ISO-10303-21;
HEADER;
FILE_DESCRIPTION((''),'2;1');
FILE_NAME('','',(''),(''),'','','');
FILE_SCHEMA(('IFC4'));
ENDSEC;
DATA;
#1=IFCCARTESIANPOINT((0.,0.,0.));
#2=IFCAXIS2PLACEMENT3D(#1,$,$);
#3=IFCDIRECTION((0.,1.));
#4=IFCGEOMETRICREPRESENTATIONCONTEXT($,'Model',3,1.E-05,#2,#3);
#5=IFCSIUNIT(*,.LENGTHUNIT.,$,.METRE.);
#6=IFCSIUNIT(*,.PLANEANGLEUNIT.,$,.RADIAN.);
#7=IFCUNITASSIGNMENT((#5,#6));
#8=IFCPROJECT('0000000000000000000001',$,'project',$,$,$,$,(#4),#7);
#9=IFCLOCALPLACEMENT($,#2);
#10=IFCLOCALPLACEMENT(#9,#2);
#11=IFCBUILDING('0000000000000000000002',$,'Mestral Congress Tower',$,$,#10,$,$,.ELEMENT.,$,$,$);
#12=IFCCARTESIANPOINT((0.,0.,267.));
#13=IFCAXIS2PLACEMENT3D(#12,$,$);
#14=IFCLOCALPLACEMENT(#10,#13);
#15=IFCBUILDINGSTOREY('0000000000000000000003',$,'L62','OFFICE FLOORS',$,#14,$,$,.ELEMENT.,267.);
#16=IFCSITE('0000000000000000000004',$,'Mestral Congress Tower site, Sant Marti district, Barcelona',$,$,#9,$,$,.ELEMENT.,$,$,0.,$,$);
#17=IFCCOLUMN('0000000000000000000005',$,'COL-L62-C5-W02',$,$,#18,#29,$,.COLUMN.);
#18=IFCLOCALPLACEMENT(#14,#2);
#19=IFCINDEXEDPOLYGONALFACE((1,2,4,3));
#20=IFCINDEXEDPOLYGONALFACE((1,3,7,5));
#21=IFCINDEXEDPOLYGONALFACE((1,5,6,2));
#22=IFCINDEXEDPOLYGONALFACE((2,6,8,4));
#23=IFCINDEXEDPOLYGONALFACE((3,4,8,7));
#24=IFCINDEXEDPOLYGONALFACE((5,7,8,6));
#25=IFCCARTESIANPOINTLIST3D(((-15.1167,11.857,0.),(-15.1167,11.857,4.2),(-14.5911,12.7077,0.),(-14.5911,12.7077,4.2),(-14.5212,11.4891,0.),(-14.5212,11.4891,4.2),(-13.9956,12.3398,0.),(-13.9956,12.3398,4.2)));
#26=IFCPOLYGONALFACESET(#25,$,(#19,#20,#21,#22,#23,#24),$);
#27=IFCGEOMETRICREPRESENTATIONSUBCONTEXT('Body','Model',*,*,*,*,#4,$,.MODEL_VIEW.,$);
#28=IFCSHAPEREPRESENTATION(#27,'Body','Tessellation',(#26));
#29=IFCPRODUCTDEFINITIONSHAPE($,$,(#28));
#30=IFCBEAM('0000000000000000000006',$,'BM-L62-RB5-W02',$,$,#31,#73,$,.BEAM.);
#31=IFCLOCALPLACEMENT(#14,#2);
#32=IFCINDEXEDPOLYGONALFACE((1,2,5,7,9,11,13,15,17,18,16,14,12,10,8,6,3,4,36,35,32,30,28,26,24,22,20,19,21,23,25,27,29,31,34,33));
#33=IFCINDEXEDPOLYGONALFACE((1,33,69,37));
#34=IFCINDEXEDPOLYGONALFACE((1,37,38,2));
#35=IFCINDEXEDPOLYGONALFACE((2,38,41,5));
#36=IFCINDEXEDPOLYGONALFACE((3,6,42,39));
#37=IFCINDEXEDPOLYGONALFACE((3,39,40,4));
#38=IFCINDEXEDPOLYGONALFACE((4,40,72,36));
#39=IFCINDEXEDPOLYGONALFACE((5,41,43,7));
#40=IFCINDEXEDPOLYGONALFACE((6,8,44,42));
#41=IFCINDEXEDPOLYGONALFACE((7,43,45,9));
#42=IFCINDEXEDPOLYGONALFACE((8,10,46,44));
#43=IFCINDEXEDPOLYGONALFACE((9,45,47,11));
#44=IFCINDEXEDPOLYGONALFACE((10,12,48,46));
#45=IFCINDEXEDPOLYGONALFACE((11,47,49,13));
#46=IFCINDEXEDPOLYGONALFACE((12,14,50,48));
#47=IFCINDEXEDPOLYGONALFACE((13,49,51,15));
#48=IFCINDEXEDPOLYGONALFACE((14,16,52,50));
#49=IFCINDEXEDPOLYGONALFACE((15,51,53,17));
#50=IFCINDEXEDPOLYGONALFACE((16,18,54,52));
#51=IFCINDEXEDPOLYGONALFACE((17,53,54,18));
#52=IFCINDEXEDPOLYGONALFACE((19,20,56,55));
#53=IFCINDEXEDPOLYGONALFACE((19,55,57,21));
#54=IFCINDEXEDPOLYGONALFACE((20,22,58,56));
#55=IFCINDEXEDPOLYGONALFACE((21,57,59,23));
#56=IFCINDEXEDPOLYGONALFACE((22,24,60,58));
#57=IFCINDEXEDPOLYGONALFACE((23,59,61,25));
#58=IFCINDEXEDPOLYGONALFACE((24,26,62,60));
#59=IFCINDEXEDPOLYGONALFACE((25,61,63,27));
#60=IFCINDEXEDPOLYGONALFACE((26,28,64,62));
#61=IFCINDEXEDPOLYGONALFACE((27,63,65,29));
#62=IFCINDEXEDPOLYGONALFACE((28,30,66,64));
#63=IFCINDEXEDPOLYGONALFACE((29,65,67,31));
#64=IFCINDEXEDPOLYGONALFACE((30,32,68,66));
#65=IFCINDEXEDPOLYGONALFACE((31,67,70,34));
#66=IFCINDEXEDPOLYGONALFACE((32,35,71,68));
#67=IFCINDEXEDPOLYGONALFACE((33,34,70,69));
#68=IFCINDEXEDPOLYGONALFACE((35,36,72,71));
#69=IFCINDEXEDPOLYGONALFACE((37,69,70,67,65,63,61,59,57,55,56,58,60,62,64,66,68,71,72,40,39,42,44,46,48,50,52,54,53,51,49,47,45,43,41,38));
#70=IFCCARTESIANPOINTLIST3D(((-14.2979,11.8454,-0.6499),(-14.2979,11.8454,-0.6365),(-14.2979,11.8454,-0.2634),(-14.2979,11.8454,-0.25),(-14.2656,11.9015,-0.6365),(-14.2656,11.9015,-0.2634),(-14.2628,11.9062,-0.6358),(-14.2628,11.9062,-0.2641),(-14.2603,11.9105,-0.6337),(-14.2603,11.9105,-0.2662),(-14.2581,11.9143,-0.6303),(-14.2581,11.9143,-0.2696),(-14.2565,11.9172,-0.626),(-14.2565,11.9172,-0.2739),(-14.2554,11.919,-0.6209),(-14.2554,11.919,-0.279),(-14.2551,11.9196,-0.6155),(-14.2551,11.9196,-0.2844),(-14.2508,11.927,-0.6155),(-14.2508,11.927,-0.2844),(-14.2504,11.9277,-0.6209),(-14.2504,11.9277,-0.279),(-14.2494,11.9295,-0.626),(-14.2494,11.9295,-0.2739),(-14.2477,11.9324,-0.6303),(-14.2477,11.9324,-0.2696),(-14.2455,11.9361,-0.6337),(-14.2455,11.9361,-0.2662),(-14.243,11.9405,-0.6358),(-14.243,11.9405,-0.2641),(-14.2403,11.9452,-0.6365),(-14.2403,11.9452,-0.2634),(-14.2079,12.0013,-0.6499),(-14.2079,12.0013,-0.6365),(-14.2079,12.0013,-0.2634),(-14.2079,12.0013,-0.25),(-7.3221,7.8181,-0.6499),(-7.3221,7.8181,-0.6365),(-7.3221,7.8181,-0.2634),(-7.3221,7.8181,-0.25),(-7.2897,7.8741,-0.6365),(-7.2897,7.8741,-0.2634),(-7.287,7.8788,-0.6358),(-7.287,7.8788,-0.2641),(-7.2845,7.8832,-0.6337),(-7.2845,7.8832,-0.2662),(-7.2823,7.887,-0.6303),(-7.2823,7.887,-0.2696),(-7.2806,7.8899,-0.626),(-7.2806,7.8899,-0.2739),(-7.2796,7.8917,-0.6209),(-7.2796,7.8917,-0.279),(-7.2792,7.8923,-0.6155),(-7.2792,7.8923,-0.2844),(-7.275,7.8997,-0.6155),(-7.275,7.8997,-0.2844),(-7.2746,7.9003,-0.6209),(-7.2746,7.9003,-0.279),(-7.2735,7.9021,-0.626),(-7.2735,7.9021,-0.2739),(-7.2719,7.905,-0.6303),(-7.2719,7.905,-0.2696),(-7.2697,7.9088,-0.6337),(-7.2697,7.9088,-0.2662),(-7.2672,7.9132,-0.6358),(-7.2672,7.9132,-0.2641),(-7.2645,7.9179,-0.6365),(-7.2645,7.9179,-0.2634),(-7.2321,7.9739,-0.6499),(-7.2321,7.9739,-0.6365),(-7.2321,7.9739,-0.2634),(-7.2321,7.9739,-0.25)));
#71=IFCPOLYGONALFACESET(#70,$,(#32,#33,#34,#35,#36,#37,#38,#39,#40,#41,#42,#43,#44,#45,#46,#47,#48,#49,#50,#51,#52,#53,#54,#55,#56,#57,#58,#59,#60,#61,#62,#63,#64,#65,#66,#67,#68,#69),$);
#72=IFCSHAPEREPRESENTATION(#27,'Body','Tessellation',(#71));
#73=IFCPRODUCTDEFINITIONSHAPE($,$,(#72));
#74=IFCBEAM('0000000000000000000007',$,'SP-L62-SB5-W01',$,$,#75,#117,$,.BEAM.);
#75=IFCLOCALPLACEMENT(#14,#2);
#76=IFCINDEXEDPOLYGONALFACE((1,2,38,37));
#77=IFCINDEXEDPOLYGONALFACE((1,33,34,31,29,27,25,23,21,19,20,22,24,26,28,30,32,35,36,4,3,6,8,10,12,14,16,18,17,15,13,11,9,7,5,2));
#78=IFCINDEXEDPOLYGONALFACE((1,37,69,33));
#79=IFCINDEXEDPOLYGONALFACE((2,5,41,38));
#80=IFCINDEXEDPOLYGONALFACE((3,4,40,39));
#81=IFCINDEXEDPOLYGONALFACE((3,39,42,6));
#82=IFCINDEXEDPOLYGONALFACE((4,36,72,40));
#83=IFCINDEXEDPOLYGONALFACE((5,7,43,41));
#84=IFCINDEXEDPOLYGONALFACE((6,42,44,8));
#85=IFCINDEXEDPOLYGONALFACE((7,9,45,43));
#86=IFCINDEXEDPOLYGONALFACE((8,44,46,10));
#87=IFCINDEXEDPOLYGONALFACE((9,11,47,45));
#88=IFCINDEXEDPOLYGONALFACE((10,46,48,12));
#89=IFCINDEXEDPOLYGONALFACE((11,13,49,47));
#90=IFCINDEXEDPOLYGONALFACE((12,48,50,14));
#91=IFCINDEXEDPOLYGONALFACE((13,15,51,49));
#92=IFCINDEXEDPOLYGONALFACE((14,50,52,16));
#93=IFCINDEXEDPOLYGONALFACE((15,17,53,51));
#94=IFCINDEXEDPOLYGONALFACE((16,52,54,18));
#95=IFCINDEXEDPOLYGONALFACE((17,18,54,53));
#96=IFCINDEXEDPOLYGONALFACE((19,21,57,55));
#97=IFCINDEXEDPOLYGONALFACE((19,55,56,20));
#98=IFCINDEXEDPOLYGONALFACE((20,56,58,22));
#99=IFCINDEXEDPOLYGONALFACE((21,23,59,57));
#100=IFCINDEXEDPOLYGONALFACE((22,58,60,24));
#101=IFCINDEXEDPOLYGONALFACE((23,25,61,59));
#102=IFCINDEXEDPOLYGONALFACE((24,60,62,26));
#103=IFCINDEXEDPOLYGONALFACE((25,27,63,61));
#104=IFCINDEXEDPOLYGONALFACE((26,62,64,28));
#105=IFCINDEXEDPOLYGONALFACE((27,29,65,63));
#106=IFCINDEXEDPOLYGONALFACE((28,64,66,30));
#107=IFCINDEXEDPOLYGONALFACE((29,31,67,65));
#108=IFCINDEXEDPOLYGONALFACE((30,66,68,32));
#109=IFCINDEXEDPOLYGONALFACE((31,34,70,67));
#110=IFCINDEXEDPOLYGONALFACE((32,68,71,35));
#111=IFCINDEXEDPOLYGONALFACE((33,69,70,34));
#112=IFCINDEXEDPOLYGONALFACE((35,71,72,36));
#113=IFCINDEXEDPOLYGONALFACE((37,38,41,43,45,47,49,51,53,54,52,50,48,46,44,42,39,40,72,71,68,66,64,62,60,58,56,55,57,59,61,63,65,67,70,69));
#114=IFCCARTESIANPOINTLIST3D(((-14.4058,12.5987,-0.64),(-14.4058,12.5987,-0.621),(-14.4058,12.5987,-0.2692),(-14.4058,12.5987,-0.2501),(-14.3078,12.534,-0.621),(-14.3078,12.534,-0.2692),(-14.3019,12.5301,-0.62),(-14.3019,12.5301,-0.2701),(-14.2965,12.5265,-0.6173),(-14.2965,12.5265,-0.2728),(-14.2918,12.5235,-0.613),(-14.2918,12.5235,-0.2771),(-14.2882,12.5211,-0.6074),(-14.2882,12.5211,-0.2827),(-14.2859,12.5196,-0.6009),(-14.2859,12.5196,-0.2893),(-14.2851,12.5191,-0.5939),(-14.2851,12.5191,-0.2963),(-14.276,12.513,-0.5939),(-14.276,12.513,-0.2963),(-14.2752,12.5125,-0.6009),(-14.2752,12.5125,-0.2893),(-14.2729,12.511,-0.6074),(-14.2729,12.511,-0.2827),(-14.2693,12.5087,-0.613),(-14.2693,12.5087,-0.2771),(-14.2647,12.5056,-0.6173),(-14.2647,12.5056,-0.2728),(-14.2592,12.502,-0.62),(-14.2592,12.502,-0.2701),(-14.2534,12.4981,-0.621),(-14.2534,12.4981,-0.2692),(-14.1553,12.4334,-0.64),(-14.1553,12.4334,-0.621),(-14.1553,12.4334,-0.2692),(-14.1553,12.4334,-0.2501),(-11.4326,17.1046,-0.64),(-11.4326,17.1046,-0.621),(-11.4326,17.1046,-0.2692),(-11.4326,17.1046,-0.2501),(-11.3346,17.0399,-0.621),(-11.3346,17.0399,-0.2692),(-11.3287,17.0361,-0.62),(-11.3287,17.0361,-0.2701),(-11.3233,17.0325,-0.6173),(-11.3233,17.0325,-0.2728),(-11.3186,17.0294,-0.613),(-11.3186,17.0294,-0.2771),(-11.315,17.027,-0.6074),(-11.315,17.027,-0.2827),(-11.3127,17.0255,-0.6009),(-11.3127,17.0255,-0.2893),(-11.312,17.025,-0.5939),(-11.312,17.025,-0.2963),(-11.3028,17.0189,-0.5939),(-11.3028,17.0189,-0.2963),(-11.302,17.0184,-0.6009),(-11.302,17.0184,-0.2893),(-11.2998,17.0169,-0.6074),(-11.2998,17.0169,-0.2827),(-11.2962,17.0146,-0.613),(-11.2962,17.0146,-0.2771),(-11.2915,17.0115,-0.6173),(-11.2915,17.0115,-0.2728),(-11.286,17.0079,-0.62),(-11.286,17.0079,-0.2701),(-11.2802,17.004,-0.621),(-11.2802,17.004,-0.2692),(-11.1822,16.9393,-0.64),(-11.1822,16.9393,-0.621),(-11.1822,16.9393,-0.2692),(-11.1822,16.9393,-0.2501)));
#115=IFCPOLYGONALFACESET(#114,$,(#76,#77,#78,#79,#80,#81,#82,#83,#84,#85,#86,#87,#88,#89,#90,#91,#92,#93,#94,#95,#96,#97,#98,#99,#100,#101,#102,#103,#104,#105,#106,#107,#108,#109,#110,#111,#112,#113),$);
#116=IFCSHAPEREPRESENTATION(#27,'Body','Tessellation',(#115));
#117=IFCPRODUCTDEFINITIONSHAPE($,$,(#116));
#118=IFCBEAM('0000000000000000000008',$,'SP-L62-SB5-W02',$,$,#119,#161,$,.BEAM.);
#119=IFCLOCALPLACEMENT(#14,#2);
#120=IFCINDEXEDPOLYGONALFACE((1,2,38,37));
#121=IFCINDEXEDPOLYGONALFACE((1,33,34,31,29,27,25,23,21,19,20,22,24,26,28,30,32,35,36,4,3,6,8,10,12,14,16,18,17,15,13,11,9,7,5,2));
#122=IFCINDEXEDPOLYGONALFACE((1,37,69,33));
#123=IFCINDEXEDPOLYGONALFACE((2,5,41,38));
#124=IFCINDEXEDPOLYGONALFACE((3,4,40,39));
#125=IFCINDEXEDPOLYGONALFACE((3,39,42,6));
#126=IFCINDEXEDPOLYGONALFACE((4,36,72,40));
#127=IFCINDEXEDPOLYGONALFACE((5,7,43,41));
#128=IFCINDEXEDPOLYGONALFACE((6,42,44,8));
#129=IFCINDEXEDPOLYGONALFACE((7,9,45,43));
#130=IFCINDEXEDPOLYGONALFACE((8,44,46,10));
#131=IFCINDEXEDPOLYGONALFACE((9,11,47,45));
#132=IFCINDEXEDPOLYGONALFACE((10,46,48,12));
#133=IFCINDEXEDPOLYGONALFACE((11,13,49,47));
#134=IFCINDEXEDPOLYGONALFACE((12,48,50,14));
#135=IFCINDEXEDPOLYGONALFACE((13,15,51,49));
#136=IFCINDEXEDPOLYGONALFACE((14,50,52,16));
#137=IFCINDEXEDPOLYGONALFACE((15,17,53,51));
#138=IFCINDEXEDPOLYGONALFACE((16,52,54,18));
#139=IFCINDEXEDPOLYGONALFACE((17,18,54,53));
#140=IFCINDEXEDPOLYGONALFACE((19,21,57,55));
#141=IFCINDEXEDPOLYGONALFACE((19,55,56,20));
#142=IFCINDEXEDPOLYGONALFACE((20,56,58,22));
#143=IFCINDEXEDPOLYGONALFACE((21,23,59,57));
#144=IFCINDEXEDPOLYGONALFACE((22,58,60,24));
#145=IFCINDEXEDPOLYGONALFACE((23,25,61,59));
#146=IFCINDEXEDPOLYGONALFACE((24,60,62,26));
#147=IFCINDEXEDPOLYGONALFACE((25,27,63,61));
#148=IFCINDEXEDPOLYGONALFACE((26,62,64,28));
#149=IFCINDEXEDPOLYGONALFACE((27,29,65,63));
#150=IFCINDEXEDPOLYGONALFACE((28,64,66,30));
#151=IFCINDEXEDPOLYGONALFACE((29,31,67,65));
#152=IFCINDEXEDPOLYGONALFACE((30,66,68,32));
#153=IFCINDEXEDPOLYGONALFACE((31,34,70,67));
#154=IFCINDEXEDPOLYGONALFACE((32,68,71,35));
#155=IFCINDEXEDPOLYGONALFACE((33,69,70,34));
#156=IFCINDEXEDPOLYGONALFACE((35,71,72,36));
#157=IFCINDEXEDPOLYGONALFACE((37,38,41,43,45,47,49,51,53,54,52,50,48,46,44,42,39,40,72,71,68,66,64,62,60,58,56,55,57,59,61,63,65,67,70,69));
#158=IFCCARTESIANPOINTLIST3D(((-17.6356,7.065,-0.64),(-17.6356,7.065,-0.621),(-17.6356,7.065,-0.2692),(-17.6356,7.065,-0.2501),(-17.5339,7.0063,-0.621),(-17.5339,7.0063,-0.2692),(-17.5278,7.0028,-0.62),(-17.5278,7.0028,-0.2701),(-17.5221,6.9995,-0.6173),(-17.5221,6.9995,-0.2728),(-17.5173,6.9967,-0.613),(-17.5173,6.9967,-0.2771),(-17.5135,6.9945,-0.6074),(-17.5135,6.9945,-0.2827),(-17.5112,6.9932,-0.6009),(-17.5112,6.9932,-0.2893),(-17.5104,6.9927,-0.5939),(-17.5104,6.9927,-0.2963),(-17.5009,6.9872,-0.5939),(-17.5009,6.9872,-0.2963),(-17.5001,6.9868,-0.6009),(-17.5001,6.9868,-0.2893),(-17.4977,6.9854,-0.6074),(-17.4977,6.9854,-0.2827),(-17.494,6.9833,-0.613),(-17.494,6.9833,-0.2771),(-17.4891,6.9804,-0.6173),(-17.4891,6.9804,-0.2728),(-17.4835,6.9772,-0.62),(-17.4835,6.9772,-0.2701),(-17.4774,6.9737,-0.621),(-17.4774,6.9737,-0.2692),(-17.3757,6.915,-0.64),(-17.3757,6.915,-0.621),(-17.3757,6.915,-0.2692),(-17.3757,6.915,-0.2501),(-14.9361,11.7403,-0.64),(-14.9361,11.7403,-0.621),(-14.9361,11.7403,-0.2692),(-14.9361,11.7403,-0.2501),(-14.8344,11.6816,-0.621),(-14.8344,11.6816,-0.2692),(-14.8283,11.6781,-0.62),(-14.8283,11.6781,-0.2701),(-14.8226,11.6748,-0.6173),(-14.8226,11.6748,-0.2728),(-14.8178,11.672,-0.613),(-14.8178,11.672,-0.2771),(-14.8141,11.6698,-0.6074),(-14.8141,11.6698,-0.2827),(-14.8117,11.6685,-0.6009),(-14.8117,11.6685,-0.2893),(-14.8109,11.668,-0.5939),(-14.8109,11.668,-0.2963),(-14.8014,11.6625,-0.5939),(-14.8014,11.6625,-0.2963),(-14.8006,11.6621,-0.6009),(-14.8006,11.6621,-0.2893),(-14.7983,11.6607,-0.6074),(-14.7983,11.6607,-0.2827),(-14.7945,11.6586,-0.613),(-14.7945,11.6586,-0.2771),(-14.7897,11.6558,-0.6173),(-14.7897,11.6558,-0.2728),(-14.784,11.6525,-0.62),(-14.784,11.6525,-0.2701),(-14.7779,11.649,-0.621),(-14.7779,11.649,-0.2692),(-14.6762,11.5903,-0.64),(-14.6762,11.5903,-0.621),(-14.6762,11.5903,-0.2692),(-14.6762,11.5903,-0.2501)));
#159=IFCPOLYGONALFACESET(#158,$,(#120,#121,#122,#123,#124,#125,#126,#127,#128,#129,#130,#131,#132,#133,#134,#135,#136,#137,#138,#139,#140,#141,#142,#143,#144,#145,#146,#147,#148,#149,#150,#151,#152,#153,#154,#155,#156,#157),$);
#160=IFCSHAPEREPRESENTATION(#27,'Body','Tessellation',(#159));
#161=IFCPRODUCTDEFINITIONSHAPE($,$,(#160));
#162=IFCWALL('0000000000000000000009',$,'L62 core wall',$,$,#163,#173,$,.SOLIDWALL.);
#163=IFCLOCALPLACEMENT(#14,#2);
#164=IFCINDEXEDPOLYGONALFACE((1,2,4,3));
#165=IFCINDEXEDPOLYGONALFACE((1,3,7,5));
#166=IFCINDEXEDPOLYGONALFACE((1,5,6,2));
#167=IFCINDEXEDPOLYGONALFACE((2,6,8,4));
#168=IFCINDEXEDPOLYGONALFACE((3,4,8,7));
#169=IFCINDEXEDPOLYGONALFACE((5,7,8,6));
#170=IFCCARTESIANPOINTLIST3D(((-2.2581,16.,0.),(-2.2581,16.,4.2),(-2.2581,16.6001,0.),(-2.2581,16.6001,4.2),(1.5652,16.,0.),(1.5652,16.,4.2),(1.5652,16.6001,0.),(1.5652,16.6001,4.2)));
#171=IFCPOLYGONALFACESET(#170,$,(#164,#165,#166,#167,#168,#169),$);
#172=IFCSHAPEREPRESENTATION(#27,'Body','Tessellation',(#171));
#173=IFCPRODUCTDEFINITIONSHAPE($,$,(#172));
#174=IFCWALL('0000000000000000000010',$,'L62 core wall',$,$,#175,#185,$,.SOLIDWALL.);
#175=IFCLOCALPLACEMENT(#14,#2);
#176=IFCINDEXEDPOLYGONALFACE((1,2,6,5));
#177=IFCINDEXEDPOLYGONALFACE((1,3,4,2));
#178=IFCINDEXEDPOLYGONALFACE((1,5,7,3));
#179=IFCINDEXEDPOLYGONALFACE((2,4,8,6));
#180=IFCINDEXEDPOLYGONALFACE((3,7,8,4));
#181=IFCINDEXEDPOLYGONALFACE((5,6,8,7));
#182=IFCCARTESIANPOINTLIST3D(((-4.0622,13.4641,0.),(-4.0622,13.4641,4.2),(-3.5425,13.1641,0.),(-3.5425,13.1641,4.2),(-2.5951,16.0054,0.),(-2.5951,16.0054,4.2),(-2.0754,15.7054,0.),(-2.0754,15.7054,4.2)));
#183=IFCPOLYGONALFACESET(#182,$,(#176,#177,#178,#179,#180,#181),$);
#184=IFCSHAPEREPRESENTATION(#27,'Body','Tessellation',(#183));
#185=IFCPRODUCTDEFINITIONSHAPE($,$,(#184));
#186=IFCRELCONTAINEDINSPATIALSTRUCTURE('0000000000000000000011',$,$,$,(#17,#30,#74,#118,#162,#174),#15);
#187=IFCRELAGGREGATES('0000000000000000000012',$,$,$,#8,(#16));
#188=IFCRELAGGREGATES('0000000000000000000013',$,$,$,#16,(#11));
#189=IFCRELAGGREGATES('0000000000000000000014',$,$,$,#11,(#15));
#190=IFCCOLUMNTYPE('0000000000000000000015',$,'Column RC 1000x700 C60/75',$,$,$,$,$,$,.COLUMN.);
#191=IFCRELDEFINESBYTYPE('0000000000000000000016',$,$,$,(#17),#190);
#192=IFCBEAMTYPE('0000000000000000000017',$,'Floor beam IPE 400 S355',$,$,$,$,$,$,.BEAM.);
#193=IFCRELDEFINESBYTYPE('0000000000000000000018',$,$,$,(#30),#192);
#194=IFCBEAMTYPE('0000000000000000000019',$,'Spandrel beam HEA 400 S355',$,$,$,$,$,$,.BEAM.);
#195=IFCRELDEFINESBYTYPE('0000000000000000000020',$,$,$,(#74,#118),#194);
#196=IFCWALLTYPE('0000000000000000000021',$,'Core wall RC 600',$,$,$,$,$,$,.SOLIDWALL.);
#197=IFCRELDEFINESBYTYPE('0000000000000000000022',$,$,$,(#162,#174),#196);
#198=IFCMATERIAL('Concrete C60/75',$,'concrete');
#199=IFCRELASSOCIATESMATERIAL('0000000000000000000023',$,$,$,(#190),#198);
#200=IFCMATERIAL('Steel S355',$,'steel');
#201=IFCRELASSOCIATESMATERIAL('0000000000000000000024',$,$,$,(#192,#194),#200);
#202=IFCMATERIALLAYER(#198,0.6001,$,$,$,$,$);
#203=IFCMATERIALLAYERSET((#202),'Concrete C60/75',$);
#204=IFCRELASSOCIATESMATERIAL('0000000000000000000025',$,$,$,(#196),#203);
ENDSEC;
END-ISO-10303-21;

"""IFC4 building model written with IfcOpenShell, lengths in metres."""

from ifc_helpers import new_model, si_unit, direction, frame, frame_2d, origin, origin_2d, place, context, subcontext, project, spatial, rectangle, i_section, extrude, material, layer, layer_set, material_profile, profile_set, type_object, element, save


model = new_model("IFC4")

# Units and contexts
model_context = context("Model", 3, precision=1e-05, world=origin(), true_north=direction((0.0, 1.0)))
body_context = subcontext(model_context, "Body", "Model", "MODEL_VIEW")
ifc_project = project(units=[si_unit("LENGTHUNIT", "METRE"), si_unit("PLANEANGLEUNIT", "RADIAN")], contexts=[model_context])

# Site, building, storey
site_placement = place(None, origin())
site = spatial("IfcSite", under=ifc_project, at=site_placement, Name="Mestral Congress Tower site, Sant Marti district, Barcelona", CompositionType="ELEMENT", RefElevation=0.0)
building_placement = place(site_placement, origin())
building = spatial("IfcBuilding", under=site, at=building_placement, Name="Mestral Congress Tower", CompositionType="ELEMENT")
storey_placement = place(building_placement, frame((0.0, 0.0, 267.0)))
storey = spatial("IfcBuildingStorey", under=building, at=storey_placement, Name="L62", Description="OFFICE FLOORS", CompositionType="ELEMENT", Elevation=267.0)

# Column
ifc_material_1 = material(Name="Concrete C60/75", Category="concrete")
ifc_material_profile_1 = material_profile(ifc_material_1, rectangle(XDim=1.0, YDim=0.7, at=origin_2d()), Name="RC 1000x700")
ifc_profile_set_1 = profile_set([ifc_material_profile_1], Name="Concrete C60/75")
column_type = type_object("IfcColumnType", Name="Column RC 1000x700 C60/75", PredefinedType="COLUMN", material=ifc_profile_set_1)
column_placement = place(storey_placement, frame((-14.5562, 12.0984, 0.0), z_axis=(0.0, 0.0, 1.0), x_axis=(-0.52561, -0.850726, 0.0)))
element("IfcColumn", 1, at=column_placement, inside=storey, type_object=column_type, Name="COL-L62-C5-W02", PredefinedType="COLUMN", context=body_context, shape_type="SweptSolid", body=[
    extrude(rectangle(XDim=1.0, YDim=0.7, at=origin_2d()), origin(), (0.0, 0.0, 1.0), 4.2),
])

# Beams
ifc_material_2 = material(Name="Steel S355", Category="steel")
ifc_material_profile_2 = material_profile(ifc_material_2, i_section(OverallWidth=0.1799, OverallDepth=0.3999, WebThickness=0.0085, FlangeThickness=0.0134, FilletRadius=0.021, at=origin_2d()), Name="IPE 400")
ifc_profile_set_2 = profile_set([ifc_material_profile_2], Name="Steel S355")
beam_type_1 = type_object("IfcBeamType", Name="Floor beam IPE 400 S355", PredefinedType="BEAM", material=ifc_profile_set_2)
beam_1_placement = place(storey_placement, frame((-14.2529, 11.9233, -0.45), z_axis=(0.866034, -0.499986, 0.0), x_axis=(0.499986, 0.866034, 0.0)))
element("IfcBeam", 2, at=beam_1_placement, inside=storey, type_object=beam_type_1, Name="BM-L62-RB5-W02", PredefinedType="BEAM", context=body_context, shape_type="SweptSolid", body=[
    extrude(i_section(OverallWidth=0.1799, OverallDepth=0.3999, WebThickness=0.0085, FlangeThickness=0.0134, FilletRadius=0.021, at=origin_2d()), origin(), (0.0, 0.0, 1.0), 8.0549),
])
ifc_material_profile_3 = material_profile(ifc_material_2, i_section(OverallWidth=0.3, OverallDepth=0.3899, WebThickness=0.011, FlangeThickness=0.019, FilletRadius=0.0271, at=origin_2d()), Name="HEA 400")
ifc_profile_set_3 = profile_set([ifc_material_profile_3], Name="Steel S355")
beam_type_2 = type_object("IfcBeamType", Name="Spandrel beam HEA 400 S355", PredefinedType="BEAM", material=ifc_profile_set_3)
beam_2_placement = place(storey_placement, frame((-11.3074, 17.022, -0.4451), z_axis=(-0.550749, -0.834671, 0.0), x_axis=(0.834671, -0.550749, 0.0)))
element("IfcBeam", 3, at=beam_2_placement, inside=storey, type_object=beam_type_2, Name="SP-L62-SB5-W01", PredefinedType="BEAM", context=body_context, shape_type="SweptSolid", body=[
    extrude(i_section(OverallWidth=0.3, OverallDepth=0.3899, WebThickness=0.011, FlangeThickness=0.019, FilletRadius=0.0271, at=origin_2d()), origin(), (0.0, 0.0, 1.0), 5.3984),
])
beam_3_placement = place(storey_placement, frame((-14.8062, 11.6653, -0.4451), z_axis=(-0.500025, -0.866011, 0.0), x_axis=(0.866011, -0.500025, 0.0)))
element("IfcBeam", 4, at=beam_3_placement, inside=storey, type_object=beam_type_2, Name="SP-L62-SB5-W02", PredefinedType="BEAM", context=body_context, shape_type="SweptSolid", body=[
    extrude(i_section(OverallWidth=0.3, OverallDepth=0.3899, WebThickness=0.011, FlangeThickness=0.019, FilletRadius=0.0271, at=origin_2d()), origin(), (0.0, 0.0, 1.0), 5.3987),
])

# Walls
ifc_layer_1 = layer(ifc_material_1, 0.6001)
ifc_layer_set_1 = layer_set([ifc_layer_1], Name="Concrete C60/75")
wall_type_1 = type_object("IfcWallType", Name="Core wall RC 600", PredefinedType="SOLIDWALL", material=ifc_layer_set_1)
wall_1_placement = place(storey_placement, frame((-2.2581, 16.3, 0.0), z_axis=(0.0, 0.0, 1.0), x_axis=(1.0, 0.0, 0.0)))
element("IfcWall", 5, at=wall_1_placement, inside=storey, type_object=wall_type_1, Name="L62 core wall", PredefinedType="SOLIDWALL", context=body_context, shape_type="SweptSolid", body=[
    extrude(rectangle(XDim=3.8232, YDim=0.6001, at=frame_2d((1.9116, 0.0))), origin(), (0.0, 0.0, 1.0), 4.2),
])
wall_2_placement = place(storey_placement, frame((-2.3352, 15.8555, 0.0), z_axis=(0.0, 0.0, 1.0), x_axis=(-0.49996, -0.866048, 0.0)))
element("IfcWall", 6, at=wall_2_placement, inside=storey, type_object=wall_type_1, Name="L62 core wall", PredefinedType="SOLIDWALL", context=body_context, shape_type="SweptSolid", body=[
    extrude(rectangle(XDim=2.9343, YDim=0.6001, at=frame_2d((1.4673, 0.0))), origin(), (0.0, 0.0, 1.0), 4.2),
])

save(model, "model.ifc")
